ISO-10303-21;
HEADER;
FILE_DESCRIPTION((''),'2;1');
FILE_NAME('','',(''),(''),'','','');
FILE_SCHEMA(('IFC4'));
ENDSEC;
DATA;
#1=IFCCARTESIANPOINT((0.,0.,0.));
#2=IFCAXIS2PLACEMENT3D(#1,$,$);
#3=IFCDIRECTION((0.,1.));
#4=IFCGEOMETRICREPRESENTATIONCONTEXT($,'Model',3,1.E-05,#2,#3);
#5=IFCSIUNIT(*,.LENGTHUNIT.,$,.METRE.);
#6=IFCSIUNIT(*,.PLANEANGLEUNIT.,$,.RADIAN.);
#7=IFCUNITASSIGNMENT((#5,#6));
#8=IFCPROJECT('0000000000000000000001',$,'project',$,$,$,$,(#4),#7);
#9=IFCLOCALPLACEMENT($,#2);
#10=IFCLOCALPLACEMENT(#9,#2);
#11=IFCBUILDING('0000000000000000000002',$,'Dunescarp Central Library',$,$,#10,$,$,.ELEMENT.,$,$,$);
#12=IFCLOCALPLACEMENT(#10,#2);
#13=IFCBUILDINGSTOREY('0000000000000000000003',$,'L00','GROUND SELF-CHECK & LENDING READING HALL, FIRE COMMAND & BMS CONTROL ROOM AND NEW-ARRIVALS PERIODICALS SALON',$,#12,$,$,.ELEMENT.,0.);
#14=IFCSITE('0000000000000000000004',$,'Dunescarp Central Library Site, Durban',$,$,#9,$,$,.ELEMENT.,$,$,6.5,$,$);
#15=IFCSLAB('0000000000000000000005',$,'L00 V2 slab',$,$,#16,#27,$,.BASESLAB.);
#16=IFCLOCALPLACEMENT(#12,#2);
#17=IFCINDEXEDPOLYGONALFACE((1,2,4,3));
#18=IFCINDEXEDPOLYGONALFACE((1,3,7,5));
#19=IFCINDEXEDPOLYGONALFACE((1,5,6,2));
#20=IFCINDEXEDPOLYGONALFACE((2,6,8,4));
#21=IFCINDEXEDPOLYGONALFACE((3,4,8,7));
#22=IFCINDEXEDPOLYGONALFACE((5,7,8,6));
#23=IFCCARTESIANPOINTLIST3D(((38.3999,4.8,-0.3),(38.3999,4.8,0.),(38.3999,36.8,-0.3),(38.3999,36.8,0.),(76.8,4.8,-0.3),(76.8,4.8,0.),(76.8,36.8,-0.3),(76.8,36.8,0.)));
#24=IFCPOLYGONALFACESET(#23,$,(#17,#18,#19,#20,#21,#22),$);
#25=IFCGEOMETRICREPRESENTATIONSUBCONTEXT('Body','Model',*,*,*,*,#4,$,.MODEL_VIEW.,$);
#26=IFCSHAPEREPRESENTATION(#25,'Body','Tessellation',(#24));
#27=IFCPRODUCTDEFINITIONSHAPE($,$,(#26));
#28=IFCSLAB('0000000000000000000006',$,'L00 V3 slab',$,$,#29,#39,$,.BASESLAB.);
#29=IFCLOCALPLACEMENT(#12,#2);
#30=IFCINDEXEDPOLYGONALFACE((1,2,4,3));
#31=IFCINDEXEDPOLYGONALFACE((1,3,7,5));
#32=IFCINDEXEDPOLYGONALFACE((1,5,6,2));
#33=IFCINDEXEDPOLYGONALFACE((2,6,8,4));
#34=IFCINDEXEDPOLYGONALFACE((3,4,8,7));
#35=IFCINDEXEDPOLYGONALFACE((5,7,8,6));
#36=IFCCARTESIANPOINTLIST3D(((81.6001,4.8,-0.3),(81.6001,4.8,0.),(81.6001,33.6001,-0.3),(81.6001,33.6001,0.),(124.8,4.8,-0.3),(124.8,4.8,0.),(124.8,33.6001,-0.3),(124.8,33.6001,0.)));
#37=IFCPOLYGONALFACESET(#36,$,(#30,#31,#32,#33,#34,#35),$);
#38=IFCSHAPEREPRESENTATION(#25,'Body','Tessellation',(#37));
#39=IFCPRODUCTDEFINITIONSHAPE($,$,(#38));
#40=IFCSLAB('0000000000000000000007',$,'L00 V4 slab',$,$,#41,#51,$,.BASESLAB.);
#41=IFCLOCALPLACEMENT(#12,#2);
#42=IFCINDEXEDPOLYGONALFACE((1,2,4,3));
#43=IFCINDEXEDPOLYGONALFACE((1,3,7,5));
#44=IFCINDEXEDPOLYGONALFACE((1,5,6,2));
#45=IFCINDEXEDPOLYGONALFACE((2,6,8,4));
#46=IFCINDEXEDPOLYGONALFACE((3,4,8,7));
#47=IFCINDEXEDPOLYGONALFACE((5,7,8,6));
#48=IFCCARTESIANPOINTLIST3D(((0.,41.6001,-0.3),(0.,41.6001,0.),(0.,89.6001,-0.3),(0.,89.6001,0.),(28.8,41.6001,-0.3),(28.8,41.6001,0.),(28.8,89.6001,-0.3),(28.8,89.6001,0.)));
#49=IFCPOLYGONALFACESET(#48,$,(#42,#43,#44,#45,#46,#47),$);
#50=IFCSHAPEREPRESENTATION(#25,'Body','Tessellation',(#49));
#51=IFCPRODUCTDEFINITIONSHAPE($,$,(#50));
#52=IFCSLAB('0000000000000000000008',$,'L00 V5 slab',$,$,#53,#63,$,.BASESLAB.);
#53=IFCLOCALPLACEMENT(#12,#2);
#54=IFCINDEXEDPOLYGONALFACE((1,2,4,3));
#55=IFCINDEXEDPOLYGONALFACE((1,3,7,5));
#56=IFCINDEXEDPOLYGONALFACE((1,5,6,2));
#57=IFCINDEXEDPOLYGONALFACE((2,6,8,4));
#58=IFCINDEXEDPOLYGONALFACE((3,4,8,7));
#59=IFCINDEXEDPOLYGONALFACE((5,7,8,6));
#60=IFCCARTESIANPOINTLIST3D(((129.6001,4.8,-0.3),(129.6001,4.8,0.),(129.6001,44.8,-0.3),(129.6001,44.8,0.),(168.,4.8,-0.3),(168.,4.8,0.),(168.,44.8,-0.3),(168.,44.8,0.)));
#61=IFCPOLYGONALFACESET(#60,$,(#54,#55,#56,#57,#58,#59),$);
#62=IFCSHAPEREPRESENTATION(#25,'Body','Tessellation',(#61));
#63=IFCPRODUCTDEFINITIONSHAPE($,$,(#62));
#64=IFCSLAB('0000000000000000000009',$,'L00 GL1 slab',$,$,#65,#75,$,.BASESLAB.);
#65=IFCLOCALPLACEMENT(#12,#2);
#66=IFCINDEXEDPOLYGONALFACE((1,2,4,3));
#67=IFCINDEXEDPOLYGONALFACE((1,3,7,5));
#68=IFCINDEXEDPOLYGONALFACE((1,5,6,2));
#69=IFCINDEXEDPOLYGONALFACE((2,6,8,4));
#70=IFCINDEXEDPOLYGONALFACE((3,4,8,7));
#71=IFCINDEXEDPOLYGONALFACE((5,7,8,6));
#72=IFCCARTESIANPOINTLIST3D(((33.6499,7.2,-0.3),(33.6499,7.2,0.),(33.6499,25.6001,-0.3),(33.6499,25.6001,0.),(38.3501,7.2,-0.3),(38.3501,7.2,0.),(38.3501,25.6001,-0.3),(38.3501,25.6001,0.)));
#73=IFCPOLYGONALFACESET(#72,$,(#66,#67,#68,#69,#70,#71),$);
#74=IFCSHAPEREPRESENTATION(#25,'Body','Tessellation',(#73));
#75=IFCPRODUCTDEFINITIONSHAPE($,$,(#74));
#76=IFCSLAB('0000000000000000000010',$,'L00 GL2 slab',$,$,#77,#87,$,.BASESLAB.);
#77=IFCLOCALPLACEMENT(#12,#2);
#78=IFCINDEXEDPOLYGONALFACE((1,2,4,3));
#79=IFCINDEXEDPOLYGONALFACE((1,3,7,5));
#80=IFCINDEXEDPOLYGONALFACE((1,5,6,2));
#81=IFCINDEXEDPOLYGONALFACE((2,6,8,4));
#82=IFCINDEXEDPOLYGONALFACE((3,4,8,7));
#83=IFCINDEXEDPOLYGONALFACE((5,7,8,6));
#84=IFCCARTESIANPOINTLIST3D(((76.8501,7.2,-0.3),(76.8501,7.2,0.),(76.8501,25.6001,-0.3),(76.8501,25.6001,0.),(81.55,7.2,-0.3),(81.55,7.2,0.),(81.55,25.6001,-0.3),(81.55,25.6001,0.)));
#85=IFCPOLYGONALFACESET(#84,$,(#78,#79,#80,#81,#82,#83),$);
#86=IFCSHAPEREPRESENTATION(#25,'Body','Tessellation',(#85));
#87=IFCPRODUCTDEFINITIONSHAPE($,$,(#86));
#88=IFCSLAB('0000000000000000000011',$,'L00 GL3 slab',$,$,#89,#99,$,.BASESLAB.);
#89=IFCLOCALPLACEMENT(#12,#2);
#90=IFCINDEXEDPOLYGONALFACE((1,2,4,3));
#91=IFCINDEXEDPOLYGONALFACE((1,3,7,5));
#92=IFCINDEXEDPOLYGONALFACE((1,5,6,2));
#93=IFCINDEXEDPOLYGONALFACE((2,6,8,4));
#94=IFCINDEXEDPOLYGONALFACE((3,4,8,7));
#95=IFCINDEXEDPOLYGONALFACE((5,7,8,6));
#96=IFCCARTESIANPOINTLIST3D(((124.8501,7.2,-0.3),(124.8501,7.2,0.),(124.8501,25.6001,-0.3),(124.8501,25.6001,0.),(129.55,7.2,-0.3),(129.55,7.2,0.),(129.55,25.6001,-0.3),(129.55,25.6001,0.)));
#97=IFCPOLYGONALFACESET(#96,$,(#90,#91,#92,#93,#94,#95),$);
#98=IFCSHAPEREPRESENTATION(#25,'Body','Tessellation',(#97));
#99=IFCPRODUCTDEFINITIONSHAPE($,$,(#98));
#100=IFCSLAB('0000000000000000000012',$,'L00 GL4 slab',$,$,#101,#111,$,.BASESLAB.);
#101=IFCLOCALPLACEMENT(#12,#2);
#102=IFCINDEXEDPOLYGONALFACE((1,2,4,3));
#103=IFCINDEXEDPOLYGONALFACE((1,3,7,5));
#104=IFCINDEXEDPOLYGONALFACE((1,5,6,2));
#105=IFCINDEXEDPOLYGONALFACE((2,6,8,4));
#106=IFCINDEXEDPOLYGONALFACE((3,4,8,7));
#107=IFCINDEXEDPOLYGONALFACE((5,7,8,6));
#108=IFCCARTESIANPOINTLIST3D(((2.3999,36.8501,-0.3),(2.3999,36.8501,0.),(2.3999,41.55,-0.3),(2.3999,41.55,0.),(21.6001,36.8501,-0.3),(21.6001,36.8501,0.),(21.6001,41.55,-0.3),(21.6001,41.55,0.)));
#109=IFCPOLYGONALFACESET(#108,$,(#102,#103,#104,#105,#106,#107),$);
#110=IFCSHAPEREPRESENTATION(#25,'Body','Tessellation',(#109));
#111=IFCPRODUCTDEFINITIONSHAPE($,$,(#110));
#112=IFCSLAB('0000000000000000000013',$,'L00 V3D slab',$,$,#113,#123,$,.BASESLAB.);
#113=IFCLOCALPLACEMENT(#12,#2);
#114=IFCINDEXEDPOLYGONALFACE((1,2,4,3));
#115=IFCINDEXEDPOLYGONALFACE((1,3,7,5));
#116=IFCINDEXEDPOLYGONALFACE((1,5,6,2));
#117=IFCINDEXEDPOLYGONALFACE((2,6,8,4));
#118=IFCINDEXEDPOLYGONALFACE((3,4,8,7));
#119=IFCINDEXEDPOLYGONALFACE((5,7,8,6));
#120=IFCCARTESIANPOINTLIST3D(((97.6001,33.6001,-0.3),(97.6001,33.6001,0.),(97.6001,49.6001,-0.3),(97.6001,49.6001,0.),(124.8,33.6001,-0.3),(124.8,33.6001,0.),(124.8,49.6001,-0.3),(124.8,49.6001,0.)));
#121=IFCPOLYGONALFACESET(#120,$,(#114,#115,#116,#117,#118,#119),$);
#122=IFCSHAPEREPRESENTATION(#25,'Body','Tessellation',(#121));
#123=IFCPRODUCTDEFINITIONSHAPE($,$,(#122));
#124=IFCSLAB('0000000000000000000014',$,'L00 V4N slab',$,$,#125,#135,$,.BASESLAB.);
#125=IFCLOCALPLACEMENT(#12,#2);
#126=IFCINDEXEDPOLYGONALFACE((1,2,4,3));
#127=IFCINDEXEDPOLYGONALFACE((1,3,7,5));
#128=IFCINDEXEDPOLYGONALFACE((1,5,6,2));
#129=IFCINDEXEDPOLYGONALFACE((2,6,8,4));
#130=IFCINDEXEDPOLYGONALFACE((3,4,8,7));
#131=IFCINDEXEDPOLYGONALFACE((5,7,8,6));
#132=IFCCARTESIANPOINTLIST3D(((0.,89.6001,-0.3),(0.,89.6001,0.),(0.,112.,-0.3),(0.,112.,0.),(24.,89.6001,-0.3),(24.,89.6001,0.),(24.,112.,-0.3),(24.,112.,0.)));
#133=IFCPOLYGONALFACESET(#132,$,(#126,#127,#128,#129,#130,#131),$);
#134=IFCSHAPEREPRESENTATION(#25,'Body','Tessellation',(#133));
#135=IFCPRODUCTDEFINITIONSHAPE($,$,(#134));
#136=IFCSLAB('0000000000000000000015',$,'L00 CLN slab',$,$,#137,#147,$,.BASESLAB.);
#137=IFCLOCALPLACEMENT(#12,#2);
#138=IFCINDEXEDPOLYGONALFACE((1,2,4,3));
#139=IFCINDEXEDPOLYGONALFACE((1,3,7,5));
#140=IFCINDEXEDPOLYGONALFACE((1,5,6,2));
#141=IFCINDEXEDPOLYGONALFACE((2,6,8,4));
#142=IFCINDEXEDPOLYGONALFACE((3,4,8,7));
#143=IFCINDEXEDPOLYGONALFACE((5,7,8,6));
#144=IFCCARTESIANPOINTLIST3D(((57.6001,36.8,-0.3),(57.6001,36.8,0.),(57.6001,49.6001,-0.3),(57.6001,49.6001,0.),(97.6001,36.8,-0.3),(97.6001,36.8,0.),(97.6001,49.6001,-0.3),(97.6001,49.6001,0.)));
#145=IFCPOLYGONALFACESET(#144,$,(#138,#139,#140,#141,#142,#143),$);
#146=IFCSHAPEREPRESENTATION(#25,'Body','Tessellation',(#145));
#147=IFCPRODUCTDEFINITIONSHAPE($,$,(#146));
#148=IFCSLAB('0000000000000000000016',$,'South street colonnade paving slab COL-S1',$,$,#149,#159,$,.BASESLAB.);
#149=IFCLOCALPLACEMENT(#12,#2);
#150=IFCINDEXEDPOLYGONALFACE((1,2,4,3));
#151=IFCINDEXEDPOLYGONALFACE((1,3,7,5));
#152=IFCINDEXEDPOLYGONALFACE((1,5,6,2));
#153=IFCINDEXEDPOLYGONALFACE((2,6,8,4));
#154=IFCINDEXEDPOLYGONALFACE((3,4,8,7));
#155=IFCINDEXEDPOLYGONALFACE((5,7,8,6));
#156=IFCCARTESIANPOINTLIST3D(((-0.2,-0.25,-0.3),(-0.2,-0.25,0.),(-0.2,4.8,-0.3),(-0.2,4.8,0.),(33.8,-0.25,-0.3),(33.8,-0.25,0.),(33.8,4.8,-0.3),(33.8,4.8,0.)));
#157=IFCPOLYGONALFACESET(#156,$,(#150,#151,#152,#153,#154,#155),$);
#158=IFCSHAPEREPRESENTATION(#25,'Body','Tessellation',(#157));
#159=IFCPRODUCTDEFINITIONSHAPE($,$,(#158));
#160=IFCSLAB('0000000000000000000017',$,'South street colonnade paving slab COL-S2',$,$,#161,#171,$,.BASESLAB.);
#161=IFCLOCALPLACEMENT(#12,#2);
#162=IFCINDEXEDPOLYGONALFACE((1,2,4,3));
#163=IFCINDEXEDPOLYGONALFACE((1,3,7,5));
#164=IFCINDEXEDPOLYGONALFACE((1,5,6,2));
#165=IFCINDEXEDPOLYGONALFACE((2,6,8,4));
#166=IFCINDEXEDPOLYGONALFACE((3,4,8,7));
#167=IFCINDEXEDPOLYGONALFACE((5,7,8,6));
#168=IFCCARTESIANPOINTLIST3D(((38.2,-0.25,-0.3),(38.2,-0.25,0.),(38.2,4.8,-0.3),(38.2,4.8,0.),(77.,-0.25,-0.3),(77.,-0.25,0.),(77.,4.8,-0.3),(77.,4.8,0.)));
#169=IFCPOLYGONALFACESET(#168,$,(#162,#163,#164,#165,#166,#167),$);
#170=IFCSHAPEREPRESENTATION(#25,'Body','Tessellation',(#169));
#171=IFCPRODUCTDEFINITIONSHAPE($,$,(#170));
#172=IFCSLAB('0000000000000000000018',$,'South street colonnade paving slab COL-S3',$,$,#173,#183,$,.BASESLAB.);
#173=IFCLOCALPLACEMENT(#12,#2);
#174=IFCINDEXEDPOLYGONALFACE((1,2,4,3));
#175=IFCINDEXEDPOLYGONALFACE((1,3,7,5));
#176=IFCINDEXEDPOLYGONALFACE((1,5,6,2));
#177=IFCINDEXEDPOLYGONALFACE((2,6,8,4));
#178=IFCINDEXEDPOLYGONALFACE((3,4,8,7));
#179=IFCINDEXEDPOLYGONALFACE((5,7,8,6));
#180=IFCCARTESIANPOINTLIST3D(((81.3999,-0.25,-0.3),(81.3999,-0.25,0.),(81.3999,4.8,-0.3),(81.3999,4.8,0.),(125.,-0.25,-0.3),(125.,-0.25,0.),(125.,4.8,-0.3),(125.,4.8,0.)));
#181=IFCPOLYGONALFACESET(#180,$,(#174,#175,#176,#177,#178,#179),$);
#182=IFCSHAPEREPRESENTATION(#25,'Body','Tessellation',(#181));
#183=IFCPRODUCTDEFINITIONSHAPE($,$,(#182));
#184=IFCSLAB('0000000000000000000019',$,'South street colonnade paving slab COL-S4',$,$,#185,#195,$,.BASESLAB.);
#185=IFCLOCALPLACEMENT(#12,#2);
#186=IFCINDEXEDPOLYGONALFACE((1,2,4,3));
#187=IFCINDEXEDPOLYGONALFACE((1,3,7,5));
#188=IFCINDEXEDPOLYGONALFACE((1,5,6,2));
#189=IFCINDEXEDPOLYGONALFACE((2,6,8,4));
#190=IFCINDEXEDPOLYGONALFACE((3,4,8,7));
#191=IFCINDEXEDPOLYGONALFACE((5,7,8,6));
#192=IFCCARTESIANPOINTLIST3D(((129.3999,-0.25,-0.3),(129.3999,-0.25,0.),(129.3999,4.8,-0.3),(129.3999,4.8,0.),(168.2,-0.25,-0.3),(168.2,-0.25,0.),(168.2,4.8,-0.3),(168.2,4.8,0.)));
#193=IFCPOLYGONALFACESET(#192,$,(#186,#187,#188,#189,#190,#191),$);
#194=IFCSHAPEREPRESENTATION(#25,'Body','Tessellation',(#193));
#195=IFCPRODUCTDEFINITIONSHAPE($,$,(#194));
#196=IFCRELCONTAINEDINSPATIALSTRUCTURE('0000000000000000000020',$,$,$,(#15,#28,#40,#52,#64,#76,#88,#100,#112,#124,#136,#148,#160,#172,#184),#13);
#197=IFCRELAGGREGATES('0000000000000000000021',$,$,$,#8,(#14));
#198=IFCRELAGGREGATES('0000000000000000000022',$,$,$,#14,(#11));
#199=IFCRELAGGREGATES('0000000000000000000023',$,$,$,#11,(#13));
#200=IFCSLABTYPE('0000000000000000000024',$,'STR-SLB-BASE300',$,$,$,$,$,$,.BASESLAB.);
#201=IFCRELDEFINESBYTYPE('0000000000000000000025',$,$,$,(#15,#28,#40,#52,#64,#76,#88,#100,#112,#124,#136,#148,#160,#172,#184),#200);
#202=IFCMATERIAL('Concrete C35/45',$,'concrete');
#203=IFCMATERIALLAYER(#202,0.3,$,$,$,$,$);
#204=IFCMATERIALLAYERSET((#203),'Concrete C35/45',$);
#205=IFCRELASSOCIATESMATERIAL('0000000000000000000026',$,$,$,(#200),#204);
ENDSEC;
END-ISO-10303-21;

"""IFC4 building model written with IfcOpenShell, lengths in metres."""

from ifc_helpers import new_model, si_unit, direction, frame, origin, place, context, subcontext, project, spatial, polyline, outline, extrude, material, layer, layer_set, type_object, element, save


model = new_model("IFC4")

# Units and contexts
model_context = context("Model", 3, precision=1e-05, world=origin(), true_north=direction((0.0, 1.0)))
body_context = subcontext(model_context, "Body", "Model", "MODEL_VIEW")
ifc_project = project(units=[si_unit("LENGTHUNIT", "METRE"), si_unit("PLANEANGLEUNIT", "RADIAN")], contexts=[model_context])

# Site, building, storey
site_placement = place(None, origin())
site = spatial("IfcSite", under=ifc_project, at=site_placement, Name="Dunescarp Central Library Site, Durban", CompositionType="ELEMENT", RefElevation=6.5)
building_placement = place(site_placement, origin())
building = spatial("IfcBuilding", under=site, at=building_placement, Name="Dunescarp Central Library", CompositionType="ELEMENT")
storey_placement = place(building_placement, origin())
storey = spatial("IfcBuildingStorey", under=building, at=storey_placement, Name="L00", Description="GROUND SELF-CHECK & LENDING READING HALL, FIRE COMMAND & BMS CONTROL ROOM AND NEW-ARRIVALS PERIODICALS SALON", CompositionType="ELEMENT", Elevation=0.0)

# Slabs
ifc_material_1 = material(Name="Concrete C35/45", Category="concrete")
ifc_layer_1 = layer(ifc_material_1, 0.3)
ifc_layer_set_1 = layer_set([ifc_layer_1], Name="Concrete C35/45")
slab_type_1 = type_object("IfcSlabType", Name="STR-SLB-BASE300", PredefinedType="BASESLAB", material=ifc_layer_set_1)
slab_1_placement = place(storey_placement, frame((0.0, 0.0, -0.3)))
element("IfcSlab", 1, at=slab_1_placement, inside=storey, type_object=slab_type_1, Name="L00 V2 slab", PredefinedType="BASESLAB", context=body_context, shape_type="SweptSolid", body=[
    extrude(outline(polyline([(38.3999, 4.8), (76.8, 4.8), (76.8, 36.8), (38.3999, 36.8), (38.3999, 4.8)])), origin(), (0.0, 0.0, 1.0), 0.3),
])
slab_2_placement = place(storey_placement, frame((0.0, 0.0, -0.3)))
element("IfcSlab", 2, at=slab_2_placement, inside=storey, type_object=slab_type_1, Name="L00 V3 slab", PredefinedType="BASESLAB", context=body_context, shape_type="SweptSolid", body=[
    extrude(outline(polyline([(81.6001, 4.8), (124.8, 4.8), (124.8, 33.6001), (81.6001, 33.6001), (81.6001, 4.8)])), origin(), (0.0, 0.0, 1.0), 0.3),
])
slab_3_placement = place(storey_placement, frame((0.0, 0.0, -0.3)))
element("IfcSlab", 3, at=slab_3_placement, inside=storey, type_object=slab_type_1, Name="L00 V4 slab", PredefinedType="BASESLAB", context=body_context, shape_type="SweptSolid", body=[
    extrude(outline(polyline([(0.0, 41.6001), (28.8, 41.6001), (28.8, 89.6001), (0.0, 89.6001), (0.0, 41.6001)])), origin(), (0.0, 0.0, 1.0), 0.3),
])
slab_4_placement = place(storey_placement, frame((0.0, 0.0, -0.3)))
element("IfcSlab", 4, at=slab_4_placement, inside=storey, type_object=slab_type_1, Name="L00 V5 slab", PredefinedType="BASESLAB", context=body_context, shape_type="SweptSolid", body=[
    extrude(outline(polyline([(129.6001, 4.8), (168.0, 4.8), (168.0, 44.8), (129.6001, 44.8), (129.6001, 4.8)])), origin(), (0.0, 0.0, 1.0), 0.3),
])
slab_5_placement = place(storey_placement, frame((0.0, 0.0, -0.3)))
element("IfcSlab", 5, at=slab_5_placement, inside=storey, type_object=slab_type_1, Name="L00 GL1 slab", PredefinedType="BASESLAB", context=body_context, shape_type="SweptSolid", body=[
    extrude(outline(polyline([(33.6499, 7.2), (38.3501, 7.2), (38.3501, 25.6001), (33.6499, 25.6001), (33.6499, 7.2)])), origin(), (0.0, 0.0, 1.0), 0.3),
])
slab_6_placement = place(storey_placement, frame((0.0, 0.0, -0.3)))
element("IfcSlab", 6, at=slab_6_placement, inside=storey, type_object=slab_type_1, Name="L00 GL2 slab", PredefinedType="BASESLAB", context=body_context, shape_type="SweptSolid", body=[
    extrude(outline(polyline([(76.8501, 7.2), (81.55, 7.2), (81.55, 25.6001), (76.8501, 25.6001), (76.8501, 7.2)])), origin(), (0.0, 0.0, 1.0), 0.3),
])
slab_7_placement = place(storey_placement, frame((0.0, 0.0, -0.3)))
element("IfcSlab", 7, at=slab_7_placement, inside=storey, type_object=slab_type_1, Name="L00 GL3 slab", PredefinedType="BASESLAB", context=body_context, shape_type="SweptSolid", body=[
    extrude(outline(polyline([(124.8501, 7.2), (129.55, 7.2), (129.55, 25.6001), (124.8501, 25.6001), (124.8501, 7.2)])), origin(), (0.0, 0.0, 1.0), 0.3),
])
slab_8_placement = place(storey_placement, frame((0.0, 0.0, -0.3)))
element("IfcSlab", 8, at=slab_8_placement, inside=storey, type_object=slab_type_1, Name="L00 GL4 slab", PredefinedType="BASESLAB", context=body_context, shape_type="SweptSolid", body=[
    extrude(outline(polyline([(2.3999, 36.8501), (21.6001, 36.8501), (21.6001, 41.55), (2.3999, 41.55), (2.3999, 36.8501)])), origin(), (0.0, 0.0, 1.0), 0.3),
])
slab_9_placement = place(storey_placement, frame((0.0, 0.0, -0.3)))
element("IfcSlab", 9, at=slab_9_placement, inside=storey, type_object=slab_type_1, Name="L00 V3D slab", PredefinedType="BASESLAB", context=body_context, shape_type="SweptSolid", body=[
    extrude(outline(polyline([(97.6001, 33.6001), (124.8, 33.6001), (124.8, 49.6001), (97.6001, 49.6001), (97.6001, 33.6001)])), origin(), (0.0, 0.0, 1.0), 0.3),
])
slab_10_placement = place(storey_placement, frame((0.0, 0.0, -0.3)))
element("IfcSlab", 10, at=slab_10_placement, inside=storey, type_object=slab_type_1, Name="L00 V4N slab", PredefinedType="BASESLAB", context=body_context, shape_type="SweptSolid", body=[
    extrude(outline(polyline([(0.0, 89.6001), (24.0, 89.6001), (24.0, 112.0), (0.0, 112.0), (0.0, 89.6001)])), origin(), (0.0, 0.0, 1.0), 0.3),
])
slab_11_placement = place(storey_placement, frame((0.0, 0.0, -0.3)))
element("IfcSlab", 11, at=slab_11_placement, inside=storey, type_object=slab_type_1, Name="L00 CLN slab", PredefinedType="BASESLAB", context=body_context, shape_type="SweptSolid", body=[
    extrude(outline(polyline([(57.6001, 36.8), (97.6001, 36.8), (97.6001, 49.6001), (57.6001, 49.6001), (57.6001, 36.8)])), origin(), (0.0, 0.0, 1.0), 0.3),
])
slab_12_placement = place(storey_placement, frame((0.0, 0.0, -0.3)))
element("IfcSlab", 12, at=slab_12_placement, inside=storey, type_object=slab_type_1, Name="South street colonnade paving slab COL-S1", PredefinedType="BASESLAB", context=body_context, shape_type="SweptSolid", body=[
    extrude(outline(polyline([(-0.2, -0.25), (33.8, -0.25), (33.8, 4.8), (-0.2, 4.8), (-0.2, -0.25)])), origin(), (0.0, 0.0, 1.0), 0.3),
])
slab_13_placement = place(storey_placement, frame((0.0, 0.0, -0.3)))
element("IfcSlab", 13, at=slab_13_placement, inside=storey, type_object=slab_type_1, Name="South street colonnade paving slab COL-S2", PredefinedType="BASESLAB", context=body_context, shape_type="SweptSolid", body=[
    extrude(outline(polyline([(38.2, -0.25), (77.0, -0.25), (77.0, 4.8), (38.2, 4.8), (38.2, -0.25)])), origin(), (0.0, 0.0, 1.0), 0.3),
])
slab_14_placement = place(storey_placement, frame((0.0, 0.0, -0.3)))
element("IfcSlab", 14, at=slab_14_placement, inside=storey, type_object=slab_type_1, Name="South street colonnade paving slab COL-S3", PredefinedType="BASESLAB", context=body_context, shape_type="SweptSolid", body=[
    extrude(outline(polyline([(81.3999, -0.25), (125.0, -0.25), (125.0, 4.8), (81.3999, 4.8), (81.3999, -0.25)])), origin(), (0.0, 0.0, 1.0), 0.3),
])
slab_15_placement = place(storey_placement, frame((0.0, 0.0, -0.3)))
element("IfcSlab", 15, at=slab_15_placement, inside=storey, type_object=slab_type_1, Name="South street colonnade paving slab COL-S4", PredefinedType="BASESLAB", context=body_context, shape_type="SweptSolid", body=[
    extrude(outline(polyline([(129.3999, -0.25), (168.2, -0.25), (168.2, 4.8), (129.3999, 4.8), (129.3999, -0.25)])), origin(), (0.0, 0.0, 1.0), 0.3),
])

save(model, "model.ifc")
